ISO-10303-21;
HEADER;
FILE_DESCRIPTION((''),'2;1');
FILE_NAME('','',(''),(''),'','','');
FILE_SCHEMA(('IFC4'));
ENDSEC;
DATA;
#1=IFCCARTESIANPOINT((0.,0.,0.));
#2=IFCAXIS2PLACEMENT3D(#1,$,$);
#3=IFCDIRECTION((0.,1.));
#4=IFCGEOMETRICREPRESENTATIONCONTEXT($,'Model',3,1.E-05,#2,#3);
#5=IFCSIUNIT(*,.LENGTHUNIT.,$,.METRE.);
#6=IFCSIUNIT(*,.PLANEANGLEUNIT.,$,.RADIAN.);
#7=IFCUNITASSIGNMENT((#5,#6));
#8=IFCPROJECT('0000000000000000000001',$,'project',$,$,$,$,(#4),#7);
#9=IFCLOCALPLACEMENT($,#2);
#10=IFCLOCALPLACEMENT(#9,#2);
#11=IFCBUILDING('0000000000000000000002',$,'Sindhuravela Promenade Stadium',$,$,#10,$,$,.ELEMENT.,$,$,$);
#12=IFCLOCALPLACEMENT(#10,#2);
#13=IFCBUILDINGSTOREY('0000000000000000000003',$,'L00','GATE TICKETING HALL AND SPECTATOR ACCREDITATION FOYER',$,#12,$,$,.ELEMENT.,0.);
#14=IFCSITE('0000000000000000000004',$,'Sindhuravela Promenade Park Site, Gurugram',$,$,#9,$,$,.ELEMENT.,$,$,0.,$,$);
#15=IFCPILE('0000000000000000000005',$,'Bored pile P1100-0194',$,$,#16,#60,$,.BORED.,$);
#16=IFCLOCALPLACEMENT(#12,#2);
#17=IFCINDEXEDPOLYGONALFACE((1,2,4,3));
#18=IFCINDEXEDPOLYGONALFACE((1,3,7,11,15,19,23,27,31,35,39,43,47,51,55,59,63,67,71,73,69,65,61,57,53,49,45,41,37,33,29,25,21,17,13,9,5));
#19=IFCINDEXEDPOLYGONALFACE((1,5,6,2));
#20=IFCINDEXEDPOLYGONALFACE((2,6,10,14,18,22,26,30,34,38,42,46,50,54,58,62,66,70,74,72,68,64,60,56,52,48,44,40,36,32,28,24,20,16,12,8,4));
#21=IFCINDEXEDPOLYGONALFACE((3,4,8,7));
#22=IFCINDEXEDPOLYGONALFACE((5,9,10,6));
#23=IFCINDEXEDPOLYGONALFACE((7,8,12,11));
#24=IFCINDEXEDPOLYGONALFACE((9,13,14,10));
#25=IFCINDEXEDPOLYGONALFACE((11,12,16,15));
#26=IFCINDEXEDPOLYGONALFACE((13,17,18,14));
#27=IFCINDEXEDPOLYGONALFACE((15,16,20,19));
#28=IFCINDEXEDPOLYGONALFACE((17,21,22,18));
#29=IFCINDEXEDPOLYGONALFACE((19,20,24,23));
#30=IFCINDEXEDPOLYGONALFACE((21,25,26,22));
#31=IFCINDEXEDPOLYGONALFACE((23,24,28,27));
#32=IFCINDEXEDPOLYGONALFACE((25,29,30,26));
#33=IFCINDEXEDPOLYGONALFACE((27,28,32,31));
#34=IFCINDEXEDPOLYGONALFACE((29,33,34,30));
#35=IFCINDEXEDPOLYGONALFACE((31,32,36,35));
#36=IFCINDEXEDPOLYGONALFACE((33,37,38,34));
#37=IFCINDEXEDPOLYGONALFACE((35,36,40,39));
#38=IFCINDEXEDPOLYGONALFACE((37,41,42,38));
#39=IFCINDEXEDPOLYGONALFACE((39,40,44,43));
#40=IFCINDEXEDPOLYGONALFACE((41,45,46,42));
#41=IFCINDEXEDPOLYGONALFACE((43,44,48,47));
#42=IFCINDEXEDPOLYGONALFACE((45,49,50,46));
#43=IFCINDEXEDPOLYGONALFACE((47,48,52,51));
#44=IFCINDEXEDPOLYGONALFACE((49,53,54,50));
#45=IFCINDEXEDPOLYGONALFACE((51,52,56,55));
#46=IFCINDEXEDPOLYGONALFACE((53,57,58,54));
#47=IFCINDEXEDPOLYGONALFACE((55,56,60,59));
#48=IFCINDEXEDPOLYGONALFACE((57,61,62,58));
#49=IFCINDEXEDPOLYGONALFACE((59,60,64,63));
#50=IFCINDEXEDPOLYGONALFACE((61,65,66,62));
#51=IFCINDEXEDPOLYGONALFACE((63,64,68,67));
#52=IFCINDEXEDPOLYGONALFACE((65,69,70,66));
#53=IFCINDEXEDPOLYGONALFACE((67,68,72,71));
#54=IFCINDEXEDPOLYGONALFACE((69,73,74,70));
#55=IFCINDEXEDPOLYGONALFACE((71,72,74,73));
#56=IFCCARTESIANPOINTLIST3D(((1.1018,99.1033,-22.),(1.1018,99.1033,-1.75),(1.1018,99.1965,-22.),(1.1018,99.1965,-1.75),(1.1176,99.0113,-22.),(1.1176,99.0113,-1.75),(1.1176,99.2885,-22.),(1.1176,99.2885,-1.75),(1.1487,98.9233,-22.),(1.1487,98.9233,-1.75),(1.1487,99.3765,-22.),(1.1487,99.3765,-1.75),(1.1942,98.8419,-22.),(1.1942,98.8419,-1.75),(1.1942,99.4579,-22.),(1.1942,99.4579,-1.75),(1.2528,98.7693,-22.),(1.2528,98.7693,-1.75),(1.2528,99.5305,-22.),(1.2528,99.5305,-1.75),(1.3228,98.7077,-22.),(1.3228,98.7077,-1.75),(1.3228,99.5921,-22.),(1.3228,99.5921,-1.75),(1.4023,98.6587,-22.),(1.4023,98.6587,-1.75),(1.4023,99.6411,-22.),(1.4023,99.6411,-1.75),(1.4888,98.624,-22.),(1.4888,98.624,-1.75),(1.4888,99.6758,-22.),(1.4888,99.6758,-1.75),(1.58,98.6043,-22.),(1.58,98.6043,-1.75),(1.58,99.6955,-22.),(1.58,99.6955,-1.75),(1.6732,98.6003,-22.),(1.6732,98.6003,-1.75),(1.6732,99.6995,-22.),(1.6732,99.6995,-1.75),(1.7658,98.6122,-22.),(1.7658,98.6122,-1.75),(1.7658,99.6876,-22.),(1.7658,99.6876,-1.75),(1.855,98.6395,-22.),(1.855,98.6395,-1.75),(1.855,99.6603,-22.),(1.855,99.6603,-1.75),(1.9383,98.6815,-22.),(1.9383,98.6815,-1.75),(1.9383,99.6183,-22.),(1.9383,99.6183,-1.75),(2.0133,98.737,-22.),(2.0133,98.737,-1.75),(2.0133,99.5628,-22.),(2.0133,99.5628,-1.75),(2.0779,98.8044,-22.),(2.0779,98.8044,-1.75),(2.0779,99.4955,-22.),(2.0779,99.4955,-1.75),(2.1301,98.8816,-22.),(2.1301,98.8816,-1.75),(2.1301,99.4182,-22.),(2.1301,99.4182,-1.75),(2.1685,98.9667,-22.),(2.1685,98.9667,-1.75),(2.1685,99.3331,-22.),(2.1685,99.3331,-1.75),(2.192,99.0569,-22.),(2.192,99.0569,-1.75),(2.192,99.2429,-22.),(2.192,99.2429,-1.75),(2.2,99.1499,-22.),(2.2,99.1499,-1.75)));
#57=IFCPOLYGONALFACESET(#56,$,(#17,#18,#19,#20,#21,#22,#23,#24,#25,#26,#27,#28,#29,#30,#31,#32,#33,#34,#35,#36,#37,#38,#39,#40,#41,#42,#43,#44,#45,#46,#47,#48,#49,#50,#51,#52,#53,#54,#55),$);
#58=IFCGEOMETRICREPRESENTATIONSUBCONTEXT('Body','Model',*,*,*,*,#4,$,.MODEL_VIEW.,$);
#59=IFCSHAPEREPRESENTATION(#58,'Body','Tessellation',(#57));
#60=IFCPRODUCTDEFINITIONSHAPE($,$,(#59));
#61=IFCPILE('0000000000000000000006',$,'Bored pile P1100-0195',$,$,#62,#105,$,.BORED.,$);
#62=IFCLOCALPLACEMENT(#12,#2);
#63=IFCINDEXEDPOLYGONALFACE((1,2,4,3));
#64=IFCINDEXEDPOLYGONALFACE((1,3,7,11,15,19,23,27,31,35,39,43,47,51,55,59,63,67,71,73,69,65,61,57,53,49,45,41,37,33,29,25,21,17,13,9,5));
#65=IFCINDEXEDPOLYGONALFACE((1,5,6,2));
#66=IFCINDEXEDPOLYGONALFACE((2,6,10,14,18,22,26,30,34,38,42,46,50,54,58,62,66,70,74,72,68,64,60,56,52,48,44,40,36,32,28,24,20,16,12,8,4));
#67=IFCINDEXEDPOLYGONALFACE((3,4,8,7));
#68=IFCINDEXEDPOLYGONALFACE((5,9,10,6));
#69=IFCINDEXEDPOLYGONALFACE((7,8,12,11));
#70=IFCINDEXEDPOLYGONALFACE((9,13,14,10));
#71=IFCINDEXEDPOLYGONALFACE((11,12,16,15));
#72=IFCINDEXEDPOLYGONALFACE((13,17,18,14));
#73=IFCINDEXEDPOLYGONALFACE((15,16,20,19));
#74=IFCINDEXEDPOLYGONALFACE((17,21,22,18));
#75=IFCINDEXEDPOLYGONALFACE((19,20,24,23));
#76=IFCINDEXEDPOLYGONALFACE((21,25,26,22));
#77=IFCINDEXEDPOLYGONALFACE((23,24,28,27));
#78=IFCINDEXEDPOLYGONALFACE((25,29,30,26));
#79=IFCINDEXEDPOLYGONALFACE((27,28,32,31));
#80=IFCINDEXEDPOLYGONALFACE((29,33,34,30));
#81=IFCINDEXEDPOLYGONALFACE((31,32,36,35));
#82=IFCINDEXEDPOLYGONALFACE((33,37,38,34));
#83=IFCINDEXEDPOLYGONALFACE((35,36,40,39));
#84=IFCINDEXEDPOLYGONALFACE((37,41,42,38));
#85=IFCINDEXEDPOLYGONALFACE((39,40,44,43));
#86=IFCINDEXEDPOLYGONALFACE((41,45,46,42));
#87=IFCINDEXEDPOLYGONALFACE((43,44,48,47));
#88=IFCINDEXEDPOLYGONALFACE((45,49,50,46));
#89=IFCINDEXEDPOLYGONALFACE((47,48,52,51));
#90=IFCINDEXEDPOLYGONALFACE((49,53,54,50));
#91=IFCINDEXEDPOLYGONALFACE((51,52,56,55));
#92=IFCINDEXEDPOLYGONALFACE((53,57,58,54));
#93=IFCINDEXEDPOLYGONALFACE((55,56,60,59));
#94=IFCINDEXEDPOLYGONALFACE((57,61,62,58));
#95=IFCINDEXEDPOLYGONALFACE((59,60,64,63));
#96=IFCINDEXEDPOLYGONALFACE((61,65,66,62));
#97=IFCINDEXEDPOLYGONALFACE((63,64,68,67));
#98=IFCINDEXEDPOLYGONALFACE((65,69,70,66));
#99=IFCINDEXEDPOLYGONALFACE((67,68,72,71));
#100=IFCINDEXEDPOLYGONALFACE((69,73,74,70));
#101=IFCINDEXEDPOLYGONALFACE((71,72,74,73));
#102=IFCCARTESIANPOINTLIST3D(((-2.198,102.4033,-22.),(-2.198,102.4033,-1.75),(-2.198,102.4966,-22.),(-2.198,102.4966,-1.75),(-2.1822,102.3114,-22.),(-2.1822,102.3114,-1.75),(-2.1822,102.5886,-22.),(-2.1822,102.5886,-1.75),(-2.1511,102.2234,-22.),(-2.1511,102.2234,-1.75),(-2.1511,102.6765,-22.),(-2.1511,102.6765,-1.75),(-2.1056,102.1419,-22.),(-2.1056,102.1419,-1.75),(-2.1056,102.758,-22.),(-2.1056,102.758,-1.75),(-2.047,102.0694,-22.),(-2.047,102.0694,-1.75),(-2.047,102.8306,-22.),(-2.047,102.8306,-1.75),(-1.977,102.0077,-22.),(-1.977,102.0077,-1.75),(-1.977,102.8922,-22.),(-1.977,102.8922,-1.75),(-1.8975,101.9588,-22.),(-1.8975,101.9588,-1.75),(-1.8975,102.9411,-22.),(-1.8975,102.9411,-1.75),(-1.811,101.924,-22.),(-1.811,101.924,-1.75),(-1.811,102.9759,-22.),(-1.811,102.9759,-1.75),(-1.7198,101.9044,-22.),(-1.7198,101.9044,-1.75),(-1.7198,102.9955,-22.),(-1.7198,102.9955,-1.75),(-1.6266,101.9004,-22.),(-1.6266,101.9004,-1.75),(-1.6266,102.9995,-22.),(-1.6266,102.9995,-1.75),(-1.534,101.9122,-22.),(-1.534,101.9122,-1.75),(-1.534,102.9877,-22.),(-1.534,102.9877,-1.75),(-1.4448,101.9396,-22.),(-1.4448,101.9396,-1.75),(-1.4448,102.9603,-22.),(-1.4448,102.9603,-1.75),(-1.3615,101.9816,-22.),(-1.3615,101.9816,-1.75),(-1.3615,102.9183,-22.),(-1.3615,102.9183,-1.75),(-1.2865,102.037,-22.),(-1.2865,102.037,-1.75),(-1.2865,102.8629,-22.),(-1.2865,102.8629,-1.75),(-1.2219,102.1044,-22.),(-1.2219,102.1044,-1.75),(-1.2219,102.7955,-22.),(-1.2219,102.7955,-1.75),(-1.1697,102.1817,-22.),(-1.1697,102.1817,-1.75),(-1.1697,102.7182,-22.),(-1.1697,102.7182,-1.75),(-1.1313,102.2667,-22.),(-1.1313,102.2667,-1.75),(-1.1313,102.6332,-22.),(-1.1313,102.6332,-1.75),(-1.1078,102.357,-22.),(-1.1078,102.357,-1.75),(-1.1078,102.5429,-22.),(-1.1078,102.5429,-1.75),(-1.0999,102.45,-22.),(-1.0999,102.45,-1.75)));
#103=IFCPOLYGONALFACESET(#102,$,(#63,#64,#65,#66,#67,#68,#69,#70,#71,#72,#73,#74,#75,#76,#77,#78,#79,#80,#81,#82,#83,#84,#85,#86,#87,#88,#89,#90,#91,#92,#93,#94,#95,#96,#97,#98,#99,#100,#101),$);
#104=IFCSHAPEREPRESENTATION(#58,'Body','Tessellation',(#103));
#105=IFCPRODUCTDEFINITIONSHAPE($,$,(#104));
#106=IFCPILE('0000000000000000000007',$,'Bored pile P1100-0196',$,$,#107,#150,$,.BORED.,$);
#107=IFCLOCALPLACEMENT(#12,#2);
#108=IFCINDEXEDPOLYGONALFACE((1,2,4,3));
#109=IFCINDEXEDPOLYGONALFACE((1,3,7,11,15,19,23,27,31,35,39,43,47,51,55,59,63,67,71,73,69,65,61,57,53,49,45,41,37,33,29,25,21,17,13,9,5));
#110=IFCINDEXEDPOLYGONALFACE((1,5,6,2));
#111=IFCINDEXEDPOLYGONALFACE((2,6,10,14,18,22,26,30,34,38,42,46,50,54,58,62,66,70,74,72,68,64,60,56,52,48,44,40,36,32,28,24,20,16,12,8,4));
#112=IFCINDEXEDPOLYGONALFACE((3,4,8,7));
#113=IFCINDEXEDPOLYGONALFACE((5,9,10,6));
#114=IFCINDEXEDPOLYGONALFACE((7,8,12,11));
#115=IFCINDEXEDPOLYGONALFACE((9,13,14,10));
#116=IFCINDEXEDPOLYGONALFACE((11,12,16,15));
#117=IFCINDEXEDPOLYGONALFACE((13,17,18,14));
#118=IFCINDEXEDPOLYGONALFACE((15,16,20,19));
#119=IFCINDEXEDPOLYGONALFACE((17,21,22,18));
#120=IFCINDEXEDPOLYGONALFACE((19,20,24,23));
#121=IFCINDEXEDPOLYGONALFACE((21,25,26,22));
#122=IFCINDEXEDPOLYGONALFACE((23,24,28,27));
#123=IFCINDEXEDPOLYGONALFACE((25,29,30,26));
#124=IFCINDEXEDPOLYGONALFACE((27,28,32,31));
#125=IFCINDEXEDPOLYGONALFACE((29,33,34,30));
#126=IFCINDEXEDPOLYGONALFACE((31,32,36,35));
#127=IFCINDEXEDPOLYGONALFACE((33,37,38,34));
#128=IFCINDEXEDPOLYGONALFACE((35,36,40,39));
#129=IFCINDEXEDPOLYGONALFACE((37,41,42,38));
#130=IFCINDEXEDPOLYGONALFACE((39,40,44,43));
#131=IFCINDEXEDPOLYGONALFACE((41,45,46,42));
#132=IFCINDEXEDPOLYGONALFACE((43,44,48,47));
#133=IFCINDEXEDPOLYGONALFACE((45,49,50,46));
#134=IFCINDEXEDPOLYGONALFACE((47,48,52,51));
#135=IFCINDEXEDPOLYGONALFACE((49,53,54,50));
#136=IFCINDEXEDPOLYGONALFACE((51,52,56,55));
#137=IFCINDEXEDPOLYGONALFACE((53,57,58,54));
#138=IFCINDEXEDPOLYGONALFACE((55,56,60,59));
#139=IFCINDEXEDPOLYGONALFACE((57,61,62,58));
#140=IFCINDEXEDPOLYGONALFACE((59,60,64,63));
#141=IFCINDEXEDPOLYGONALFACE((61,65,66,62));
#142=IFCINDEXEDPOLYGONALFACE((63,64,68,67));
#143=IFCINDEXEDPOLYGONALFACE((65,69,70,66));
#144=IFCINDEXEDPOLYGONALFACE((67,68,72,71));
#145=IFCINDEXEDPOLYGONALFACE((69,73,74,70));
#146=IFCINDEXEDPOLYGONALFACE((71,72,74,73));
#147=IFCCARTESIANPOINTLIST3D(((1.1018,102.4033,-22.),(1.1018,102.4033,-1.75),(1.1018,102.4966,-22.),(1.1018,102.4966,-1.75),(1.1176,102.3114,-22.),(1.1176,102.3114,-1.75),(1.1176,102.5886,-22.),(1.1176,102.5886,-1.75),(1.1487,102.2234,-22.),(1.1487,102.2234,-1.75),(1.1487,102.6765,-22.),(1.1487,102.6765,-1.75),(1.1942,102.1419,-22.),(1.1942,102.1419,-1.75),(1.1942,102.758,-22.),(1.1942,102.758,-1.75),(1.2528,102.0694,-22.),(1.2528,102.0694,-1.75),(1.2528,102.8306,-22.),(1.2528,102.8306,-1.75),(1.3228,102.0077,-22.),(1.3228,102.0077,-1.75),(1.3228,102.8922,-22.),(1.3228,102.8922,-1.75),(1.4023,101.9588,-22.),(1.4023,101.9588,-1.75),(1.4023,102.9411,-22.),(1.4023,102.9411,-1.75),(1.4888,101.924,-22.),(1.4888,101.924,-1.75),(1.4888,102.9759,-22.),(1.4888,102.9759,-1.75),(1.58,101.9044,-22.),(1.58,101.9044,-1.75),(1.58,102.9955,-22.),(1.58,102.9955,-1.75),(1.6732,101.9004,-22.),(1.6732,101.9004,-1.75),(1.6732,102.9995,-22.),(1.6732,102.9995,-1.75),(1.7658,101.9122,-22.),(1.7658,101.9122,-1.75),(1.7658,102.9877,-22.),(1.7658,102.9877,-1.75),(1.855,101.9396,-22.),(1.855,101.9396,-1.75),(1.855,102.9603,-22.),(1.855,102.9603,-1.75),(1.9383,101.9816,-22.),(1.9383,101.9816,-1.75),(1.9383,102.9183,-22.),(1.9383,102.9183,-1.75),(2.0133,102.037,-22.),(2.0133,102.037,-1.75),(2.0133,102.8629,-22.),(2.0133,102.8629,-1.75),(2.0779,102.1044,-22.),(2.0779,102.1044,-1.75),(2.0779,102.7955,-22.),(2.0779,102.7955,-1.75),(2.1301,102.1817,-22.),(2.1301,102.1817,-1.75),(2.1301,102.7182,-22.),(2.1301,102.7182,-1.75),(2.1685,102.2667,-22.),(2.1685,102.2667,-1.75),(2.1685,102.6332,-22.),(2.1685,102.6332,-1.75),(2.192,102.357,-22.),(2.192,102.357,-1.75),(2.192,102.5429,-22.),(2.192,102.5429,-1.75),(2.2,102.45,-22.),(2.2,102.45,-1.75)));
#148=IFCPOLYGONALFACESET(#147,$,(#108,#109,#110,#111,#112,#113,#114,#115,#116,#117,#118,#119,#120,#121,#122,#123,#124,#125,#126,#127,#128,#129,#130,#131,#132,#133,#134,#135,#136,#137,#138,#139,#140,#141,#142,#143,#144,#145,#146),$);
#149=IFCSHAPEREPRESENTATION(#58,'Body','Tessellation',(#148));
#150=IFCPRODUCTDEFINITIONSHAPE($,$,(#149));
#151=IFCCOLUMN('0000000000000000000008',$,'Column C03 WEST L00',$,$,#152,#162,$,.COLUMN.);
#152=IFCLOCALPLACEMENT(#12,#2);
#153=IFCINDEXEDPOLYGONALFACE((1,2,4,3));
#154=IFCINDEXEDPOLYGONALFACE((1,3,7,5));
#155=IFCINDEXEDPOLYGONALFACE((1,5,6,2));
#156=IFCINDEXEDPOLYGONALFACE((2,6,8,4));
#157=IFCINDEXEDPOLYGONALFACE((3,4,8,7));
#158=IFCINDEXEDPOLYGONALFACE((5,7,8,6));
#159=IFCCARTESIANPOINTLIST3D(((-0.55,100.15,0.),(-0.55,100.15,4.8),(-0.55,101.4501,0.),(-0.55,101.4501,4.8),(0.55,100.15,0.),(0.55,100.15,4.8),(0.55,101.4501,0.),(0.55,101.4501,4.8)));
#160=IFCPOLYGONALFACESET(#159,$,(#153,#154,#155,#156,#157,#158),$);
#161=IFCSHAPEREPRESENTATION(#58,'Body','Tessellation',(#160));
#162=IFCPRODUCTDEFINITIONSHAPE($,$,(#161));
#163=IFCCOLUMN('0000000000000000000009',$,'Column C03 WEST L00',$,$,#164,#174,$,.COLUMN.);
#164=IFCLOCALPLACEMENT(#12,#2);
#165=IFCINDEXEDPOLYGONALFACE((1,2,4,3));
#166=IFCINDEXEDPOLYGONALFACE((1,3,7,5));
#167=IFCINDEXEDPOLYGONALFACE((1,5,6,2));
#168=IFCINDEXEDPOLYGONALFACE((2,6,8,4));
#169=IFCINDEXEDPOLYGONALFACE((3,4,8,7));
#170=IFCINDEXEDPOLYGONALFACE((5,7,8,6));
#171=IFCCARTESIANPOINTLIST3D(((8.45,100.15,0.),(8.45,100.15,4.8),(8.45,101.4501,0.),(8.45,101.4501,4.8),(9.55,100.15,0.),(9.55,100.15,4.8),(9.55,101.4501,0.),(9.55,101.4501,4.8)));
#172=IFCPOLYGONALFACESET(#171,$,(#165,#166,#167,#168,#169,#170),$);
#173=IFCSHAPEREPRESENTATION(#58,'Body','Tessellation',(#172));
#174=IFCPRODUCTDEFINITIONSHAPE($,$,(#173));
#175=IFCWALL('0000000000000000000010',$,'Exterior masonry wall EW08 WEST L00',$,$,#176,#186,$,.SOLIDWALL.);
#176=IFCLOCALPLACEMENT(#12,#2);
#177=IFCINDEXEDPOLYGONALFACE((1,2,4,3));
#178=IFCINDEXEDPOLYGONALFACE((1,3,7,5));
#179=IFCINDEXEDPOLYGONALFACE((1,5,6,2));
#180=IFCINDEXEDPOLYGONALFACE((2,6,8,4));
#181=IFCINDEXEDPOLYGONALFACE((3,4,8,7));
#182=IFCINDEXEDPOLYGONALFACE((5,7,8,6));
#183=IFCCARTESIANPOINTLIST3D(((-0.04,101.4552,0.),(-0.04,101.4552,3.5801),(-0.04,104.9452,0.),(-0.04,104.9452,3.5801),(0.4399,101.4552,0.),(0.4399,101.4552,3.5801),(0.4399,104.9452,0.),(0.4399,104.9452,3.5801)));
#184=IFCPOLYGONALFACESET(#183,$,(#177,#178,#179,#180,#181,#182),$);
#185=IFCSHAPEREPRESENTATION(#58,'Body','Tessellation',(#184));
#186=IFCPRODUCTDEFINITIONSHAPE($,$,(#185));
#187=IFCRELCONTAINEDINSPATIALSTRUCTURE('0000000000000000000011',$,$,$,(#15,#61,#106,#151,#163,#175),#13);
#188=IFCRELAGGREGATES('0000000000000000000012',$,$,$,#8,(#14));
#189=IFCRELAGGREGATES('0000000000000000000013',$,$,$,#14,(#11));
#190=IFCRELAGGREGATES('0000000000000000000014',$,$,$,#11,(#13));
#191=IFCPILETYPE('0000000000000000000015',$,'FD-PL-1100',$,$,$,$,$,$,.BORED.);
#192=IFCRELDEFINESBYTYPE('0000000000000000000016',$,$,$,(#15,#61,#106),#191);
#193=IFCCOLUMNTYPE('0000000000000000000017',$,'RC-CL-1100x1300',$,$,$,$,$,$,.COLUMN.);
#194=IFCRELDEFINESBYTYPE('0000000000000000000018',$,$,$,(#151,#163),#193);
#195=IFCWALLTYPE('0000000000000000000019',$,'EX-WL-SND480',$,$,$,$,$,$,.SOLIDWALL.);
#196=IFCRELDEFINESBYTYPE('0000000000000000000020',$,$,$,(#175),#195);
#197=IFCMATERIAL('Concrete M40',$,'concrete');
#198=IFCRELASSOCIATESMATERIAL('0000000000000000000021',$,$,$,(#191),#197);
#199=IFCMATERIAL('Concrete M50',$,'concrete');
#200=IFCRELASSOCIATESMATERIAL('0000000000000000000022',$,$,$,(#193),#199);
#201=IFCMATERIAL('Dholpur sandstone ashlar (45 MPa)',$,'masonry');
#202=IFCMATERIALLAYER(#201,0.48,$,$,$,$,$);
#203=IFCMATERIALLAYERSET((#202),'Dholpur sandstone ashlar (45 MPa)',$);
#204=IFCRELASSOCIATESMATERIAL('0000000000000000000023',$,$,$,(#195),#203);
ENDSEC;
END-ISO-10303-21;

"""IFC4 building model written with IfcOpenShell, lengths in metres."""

from ifc_helpers import new_model, si_unit, direction, frame, frame_2d, origin, origin_2d, place, context, subcontext, project, spatial, rectangle, circle, extrude, material, layer, layer_set, material_profile, profile_set, type_object, element, save


model = new_model("IFC4")

# Units and contexts
model_context = context("Model", 3, precision=1e-05, world=origin(), true_north=direction((0.0, 1.0)))
body_context = subcontext(model_context, "Body", "Model", "MODEL_VIEW")
ifc_project = project(units=[si_unit("LENGTHUNIT", "METRE"), si_unit("PLANEANGLEUNIT", "RADIAN")], contexts=[model_context])

# Site, building, storey
site_placement = place(None, origin())
site = spatial("IfcSite", under=ifc_project, at=site_placement, Name="Sindhuravela Promenade Park Site, Gurugram", CompositionType="ELEMENT", RefElevation=0.0)
building_placement = place(site_placement, origin())
building = spatial("IfcBuilding", under=site, at=building_placement, Name="Sindhuravela Promenade Stadium", CompositionType="ELEMENT")
storey_placement = place(building_placement, origin())
storey = spatial("IfcBuildingStorey", under=building, at=storey_placement, Name="L00", Description="GATE TICKETING HALL AND SPECTATOR ACCREDITATION FOYER", CompositionType="ELEMENT", Elevation=0.0)

# Shared definitions
ifc_material_1 = material(Name="Concrete M50", Category="concrete")

# Piles
ifc_material_2 = material(Name="Concrete M40", Category="concrete")
ifc_material_profile_1 = material_profile(ifc_material_2, circle(Radius=0.55, at=origin_2d()), Name="BORED PILE D1100")
ifc_profile_set_1 = profile_set([ifc_material_profile_1], Name="Concrete M40")
pile_type = type_object("IfcPileType", Name="FD-PL-1100", PredefinedType="BORED", material=ifc_profile_set_1)
for number, where, z_axis, x_axis, name in (
    (1, (1.6499, 99.1499, -1.75), (0.0, 0.0, -1.0), (1.0, 0.0, 0.0), "Bored pile P1100-0194"),
    (2, (-1.6499, 102.45, -1.75), (0.0, 0.0, -1.0), (1.0, 0.0, 0.0), "Bored pile P1100-0195"),
    (3, (1.6499, 102.45, -1.75), (0.0, 0.0, -1.0), (1.0, 0.0, 0.0), "Bored pile P1100-0196"),
):
    element("IfcPile", number, at=place(storey_placement, frame(where, z_axis=z_axis, x_axis=x_axis)), inside=storey, type_object=pile_type, Name=name, PredefinedType="BORED", context=body_context, shape_type="SweptSolid", body=[
        extrude(circle(Radius=0.55, at=origin_2d()), origin(), (0.0, 0.0, 1.0), 20.25),
    ])

# Columns
ifc_material_profile_2 = material_profile(ifc_material_1, rectangle(XDim=1.1001, YDim=1.3, at=origin_2d()), Name="RC 1100x1300")
ifc_profile_set_2 = profile_set([ifc_material_profile_2], Name="Concrete M50")
column_type = type_object("IfcColumnType", Name="RC-CL-1100x1300", PredefinedType="COLUMN", material=ifc_profile_set_2)
for number, where, z_axis, x_axis, name in (
    (4, (0.0, 100.8, 0.0), (0.0, 0.0, 1.0), (1.0, 0.0, 0.0), "Column C03 WEST L00"),
    (5, (9.0, 100.8, 0.0), (0.0, 0.0, 1.0), (1.0, 0.0, 0.0), "Column C03 WEST L00"),
):
    element("IfcColumn", number, at=place(storey_placement, frame(where, z_axis=z_axis, x_axis=x_axis)), inside=storey, type_object=column_type, Name=name, PredefinedType="COLUMN", context=body_context, shape_type="SweptSolid", body=[
        extrude(rectangle(XDim=1.1001, YDim=1.3, at=origin_2d()), origin(), (0.0, 0.0, 1.0), 4.8),
    ])

# Wall
ifc_material_3 = material(Name="Dholpur sandstone ashlar (45 MPa)", Category="masonry")
ifc_layer_1 = layer(ifc_material_3, 0.48)
ifc_layer_set_1 = layer_set([ifc_layer_1], Name="Dholpur sandstone ashlar (45 MPa)")
wall_type_1 = type_object("IfcWallType", Name="EX-WL-SND480", PredefinedType="SOLIDWALL", material=ifc_layer_set_1)
wall_1_placement = place(storey_placement, frame((0.2, 101.4551, 0.0), z_axis=(0.0, 0.0, 1.0), x_axis=(0.0, 1.0, 0.0)))
element("IfcWall", 6, at=wall_1_placement, inside=storey, type_object=wall_type_1, Name="Exterior masonry wall EW08 WEST L00", PredefinedType="SOLIDWALL", context=body_context, shape_type="SweptSolid", body=[
    extrude(rectangle(XDim=3.49, YDim=0.48, at=frame_2d((1.7451, 0.0))), origin(), (0.0, 0.0, 1.0), 3.5801),
])

save(model, "model.ifc")
